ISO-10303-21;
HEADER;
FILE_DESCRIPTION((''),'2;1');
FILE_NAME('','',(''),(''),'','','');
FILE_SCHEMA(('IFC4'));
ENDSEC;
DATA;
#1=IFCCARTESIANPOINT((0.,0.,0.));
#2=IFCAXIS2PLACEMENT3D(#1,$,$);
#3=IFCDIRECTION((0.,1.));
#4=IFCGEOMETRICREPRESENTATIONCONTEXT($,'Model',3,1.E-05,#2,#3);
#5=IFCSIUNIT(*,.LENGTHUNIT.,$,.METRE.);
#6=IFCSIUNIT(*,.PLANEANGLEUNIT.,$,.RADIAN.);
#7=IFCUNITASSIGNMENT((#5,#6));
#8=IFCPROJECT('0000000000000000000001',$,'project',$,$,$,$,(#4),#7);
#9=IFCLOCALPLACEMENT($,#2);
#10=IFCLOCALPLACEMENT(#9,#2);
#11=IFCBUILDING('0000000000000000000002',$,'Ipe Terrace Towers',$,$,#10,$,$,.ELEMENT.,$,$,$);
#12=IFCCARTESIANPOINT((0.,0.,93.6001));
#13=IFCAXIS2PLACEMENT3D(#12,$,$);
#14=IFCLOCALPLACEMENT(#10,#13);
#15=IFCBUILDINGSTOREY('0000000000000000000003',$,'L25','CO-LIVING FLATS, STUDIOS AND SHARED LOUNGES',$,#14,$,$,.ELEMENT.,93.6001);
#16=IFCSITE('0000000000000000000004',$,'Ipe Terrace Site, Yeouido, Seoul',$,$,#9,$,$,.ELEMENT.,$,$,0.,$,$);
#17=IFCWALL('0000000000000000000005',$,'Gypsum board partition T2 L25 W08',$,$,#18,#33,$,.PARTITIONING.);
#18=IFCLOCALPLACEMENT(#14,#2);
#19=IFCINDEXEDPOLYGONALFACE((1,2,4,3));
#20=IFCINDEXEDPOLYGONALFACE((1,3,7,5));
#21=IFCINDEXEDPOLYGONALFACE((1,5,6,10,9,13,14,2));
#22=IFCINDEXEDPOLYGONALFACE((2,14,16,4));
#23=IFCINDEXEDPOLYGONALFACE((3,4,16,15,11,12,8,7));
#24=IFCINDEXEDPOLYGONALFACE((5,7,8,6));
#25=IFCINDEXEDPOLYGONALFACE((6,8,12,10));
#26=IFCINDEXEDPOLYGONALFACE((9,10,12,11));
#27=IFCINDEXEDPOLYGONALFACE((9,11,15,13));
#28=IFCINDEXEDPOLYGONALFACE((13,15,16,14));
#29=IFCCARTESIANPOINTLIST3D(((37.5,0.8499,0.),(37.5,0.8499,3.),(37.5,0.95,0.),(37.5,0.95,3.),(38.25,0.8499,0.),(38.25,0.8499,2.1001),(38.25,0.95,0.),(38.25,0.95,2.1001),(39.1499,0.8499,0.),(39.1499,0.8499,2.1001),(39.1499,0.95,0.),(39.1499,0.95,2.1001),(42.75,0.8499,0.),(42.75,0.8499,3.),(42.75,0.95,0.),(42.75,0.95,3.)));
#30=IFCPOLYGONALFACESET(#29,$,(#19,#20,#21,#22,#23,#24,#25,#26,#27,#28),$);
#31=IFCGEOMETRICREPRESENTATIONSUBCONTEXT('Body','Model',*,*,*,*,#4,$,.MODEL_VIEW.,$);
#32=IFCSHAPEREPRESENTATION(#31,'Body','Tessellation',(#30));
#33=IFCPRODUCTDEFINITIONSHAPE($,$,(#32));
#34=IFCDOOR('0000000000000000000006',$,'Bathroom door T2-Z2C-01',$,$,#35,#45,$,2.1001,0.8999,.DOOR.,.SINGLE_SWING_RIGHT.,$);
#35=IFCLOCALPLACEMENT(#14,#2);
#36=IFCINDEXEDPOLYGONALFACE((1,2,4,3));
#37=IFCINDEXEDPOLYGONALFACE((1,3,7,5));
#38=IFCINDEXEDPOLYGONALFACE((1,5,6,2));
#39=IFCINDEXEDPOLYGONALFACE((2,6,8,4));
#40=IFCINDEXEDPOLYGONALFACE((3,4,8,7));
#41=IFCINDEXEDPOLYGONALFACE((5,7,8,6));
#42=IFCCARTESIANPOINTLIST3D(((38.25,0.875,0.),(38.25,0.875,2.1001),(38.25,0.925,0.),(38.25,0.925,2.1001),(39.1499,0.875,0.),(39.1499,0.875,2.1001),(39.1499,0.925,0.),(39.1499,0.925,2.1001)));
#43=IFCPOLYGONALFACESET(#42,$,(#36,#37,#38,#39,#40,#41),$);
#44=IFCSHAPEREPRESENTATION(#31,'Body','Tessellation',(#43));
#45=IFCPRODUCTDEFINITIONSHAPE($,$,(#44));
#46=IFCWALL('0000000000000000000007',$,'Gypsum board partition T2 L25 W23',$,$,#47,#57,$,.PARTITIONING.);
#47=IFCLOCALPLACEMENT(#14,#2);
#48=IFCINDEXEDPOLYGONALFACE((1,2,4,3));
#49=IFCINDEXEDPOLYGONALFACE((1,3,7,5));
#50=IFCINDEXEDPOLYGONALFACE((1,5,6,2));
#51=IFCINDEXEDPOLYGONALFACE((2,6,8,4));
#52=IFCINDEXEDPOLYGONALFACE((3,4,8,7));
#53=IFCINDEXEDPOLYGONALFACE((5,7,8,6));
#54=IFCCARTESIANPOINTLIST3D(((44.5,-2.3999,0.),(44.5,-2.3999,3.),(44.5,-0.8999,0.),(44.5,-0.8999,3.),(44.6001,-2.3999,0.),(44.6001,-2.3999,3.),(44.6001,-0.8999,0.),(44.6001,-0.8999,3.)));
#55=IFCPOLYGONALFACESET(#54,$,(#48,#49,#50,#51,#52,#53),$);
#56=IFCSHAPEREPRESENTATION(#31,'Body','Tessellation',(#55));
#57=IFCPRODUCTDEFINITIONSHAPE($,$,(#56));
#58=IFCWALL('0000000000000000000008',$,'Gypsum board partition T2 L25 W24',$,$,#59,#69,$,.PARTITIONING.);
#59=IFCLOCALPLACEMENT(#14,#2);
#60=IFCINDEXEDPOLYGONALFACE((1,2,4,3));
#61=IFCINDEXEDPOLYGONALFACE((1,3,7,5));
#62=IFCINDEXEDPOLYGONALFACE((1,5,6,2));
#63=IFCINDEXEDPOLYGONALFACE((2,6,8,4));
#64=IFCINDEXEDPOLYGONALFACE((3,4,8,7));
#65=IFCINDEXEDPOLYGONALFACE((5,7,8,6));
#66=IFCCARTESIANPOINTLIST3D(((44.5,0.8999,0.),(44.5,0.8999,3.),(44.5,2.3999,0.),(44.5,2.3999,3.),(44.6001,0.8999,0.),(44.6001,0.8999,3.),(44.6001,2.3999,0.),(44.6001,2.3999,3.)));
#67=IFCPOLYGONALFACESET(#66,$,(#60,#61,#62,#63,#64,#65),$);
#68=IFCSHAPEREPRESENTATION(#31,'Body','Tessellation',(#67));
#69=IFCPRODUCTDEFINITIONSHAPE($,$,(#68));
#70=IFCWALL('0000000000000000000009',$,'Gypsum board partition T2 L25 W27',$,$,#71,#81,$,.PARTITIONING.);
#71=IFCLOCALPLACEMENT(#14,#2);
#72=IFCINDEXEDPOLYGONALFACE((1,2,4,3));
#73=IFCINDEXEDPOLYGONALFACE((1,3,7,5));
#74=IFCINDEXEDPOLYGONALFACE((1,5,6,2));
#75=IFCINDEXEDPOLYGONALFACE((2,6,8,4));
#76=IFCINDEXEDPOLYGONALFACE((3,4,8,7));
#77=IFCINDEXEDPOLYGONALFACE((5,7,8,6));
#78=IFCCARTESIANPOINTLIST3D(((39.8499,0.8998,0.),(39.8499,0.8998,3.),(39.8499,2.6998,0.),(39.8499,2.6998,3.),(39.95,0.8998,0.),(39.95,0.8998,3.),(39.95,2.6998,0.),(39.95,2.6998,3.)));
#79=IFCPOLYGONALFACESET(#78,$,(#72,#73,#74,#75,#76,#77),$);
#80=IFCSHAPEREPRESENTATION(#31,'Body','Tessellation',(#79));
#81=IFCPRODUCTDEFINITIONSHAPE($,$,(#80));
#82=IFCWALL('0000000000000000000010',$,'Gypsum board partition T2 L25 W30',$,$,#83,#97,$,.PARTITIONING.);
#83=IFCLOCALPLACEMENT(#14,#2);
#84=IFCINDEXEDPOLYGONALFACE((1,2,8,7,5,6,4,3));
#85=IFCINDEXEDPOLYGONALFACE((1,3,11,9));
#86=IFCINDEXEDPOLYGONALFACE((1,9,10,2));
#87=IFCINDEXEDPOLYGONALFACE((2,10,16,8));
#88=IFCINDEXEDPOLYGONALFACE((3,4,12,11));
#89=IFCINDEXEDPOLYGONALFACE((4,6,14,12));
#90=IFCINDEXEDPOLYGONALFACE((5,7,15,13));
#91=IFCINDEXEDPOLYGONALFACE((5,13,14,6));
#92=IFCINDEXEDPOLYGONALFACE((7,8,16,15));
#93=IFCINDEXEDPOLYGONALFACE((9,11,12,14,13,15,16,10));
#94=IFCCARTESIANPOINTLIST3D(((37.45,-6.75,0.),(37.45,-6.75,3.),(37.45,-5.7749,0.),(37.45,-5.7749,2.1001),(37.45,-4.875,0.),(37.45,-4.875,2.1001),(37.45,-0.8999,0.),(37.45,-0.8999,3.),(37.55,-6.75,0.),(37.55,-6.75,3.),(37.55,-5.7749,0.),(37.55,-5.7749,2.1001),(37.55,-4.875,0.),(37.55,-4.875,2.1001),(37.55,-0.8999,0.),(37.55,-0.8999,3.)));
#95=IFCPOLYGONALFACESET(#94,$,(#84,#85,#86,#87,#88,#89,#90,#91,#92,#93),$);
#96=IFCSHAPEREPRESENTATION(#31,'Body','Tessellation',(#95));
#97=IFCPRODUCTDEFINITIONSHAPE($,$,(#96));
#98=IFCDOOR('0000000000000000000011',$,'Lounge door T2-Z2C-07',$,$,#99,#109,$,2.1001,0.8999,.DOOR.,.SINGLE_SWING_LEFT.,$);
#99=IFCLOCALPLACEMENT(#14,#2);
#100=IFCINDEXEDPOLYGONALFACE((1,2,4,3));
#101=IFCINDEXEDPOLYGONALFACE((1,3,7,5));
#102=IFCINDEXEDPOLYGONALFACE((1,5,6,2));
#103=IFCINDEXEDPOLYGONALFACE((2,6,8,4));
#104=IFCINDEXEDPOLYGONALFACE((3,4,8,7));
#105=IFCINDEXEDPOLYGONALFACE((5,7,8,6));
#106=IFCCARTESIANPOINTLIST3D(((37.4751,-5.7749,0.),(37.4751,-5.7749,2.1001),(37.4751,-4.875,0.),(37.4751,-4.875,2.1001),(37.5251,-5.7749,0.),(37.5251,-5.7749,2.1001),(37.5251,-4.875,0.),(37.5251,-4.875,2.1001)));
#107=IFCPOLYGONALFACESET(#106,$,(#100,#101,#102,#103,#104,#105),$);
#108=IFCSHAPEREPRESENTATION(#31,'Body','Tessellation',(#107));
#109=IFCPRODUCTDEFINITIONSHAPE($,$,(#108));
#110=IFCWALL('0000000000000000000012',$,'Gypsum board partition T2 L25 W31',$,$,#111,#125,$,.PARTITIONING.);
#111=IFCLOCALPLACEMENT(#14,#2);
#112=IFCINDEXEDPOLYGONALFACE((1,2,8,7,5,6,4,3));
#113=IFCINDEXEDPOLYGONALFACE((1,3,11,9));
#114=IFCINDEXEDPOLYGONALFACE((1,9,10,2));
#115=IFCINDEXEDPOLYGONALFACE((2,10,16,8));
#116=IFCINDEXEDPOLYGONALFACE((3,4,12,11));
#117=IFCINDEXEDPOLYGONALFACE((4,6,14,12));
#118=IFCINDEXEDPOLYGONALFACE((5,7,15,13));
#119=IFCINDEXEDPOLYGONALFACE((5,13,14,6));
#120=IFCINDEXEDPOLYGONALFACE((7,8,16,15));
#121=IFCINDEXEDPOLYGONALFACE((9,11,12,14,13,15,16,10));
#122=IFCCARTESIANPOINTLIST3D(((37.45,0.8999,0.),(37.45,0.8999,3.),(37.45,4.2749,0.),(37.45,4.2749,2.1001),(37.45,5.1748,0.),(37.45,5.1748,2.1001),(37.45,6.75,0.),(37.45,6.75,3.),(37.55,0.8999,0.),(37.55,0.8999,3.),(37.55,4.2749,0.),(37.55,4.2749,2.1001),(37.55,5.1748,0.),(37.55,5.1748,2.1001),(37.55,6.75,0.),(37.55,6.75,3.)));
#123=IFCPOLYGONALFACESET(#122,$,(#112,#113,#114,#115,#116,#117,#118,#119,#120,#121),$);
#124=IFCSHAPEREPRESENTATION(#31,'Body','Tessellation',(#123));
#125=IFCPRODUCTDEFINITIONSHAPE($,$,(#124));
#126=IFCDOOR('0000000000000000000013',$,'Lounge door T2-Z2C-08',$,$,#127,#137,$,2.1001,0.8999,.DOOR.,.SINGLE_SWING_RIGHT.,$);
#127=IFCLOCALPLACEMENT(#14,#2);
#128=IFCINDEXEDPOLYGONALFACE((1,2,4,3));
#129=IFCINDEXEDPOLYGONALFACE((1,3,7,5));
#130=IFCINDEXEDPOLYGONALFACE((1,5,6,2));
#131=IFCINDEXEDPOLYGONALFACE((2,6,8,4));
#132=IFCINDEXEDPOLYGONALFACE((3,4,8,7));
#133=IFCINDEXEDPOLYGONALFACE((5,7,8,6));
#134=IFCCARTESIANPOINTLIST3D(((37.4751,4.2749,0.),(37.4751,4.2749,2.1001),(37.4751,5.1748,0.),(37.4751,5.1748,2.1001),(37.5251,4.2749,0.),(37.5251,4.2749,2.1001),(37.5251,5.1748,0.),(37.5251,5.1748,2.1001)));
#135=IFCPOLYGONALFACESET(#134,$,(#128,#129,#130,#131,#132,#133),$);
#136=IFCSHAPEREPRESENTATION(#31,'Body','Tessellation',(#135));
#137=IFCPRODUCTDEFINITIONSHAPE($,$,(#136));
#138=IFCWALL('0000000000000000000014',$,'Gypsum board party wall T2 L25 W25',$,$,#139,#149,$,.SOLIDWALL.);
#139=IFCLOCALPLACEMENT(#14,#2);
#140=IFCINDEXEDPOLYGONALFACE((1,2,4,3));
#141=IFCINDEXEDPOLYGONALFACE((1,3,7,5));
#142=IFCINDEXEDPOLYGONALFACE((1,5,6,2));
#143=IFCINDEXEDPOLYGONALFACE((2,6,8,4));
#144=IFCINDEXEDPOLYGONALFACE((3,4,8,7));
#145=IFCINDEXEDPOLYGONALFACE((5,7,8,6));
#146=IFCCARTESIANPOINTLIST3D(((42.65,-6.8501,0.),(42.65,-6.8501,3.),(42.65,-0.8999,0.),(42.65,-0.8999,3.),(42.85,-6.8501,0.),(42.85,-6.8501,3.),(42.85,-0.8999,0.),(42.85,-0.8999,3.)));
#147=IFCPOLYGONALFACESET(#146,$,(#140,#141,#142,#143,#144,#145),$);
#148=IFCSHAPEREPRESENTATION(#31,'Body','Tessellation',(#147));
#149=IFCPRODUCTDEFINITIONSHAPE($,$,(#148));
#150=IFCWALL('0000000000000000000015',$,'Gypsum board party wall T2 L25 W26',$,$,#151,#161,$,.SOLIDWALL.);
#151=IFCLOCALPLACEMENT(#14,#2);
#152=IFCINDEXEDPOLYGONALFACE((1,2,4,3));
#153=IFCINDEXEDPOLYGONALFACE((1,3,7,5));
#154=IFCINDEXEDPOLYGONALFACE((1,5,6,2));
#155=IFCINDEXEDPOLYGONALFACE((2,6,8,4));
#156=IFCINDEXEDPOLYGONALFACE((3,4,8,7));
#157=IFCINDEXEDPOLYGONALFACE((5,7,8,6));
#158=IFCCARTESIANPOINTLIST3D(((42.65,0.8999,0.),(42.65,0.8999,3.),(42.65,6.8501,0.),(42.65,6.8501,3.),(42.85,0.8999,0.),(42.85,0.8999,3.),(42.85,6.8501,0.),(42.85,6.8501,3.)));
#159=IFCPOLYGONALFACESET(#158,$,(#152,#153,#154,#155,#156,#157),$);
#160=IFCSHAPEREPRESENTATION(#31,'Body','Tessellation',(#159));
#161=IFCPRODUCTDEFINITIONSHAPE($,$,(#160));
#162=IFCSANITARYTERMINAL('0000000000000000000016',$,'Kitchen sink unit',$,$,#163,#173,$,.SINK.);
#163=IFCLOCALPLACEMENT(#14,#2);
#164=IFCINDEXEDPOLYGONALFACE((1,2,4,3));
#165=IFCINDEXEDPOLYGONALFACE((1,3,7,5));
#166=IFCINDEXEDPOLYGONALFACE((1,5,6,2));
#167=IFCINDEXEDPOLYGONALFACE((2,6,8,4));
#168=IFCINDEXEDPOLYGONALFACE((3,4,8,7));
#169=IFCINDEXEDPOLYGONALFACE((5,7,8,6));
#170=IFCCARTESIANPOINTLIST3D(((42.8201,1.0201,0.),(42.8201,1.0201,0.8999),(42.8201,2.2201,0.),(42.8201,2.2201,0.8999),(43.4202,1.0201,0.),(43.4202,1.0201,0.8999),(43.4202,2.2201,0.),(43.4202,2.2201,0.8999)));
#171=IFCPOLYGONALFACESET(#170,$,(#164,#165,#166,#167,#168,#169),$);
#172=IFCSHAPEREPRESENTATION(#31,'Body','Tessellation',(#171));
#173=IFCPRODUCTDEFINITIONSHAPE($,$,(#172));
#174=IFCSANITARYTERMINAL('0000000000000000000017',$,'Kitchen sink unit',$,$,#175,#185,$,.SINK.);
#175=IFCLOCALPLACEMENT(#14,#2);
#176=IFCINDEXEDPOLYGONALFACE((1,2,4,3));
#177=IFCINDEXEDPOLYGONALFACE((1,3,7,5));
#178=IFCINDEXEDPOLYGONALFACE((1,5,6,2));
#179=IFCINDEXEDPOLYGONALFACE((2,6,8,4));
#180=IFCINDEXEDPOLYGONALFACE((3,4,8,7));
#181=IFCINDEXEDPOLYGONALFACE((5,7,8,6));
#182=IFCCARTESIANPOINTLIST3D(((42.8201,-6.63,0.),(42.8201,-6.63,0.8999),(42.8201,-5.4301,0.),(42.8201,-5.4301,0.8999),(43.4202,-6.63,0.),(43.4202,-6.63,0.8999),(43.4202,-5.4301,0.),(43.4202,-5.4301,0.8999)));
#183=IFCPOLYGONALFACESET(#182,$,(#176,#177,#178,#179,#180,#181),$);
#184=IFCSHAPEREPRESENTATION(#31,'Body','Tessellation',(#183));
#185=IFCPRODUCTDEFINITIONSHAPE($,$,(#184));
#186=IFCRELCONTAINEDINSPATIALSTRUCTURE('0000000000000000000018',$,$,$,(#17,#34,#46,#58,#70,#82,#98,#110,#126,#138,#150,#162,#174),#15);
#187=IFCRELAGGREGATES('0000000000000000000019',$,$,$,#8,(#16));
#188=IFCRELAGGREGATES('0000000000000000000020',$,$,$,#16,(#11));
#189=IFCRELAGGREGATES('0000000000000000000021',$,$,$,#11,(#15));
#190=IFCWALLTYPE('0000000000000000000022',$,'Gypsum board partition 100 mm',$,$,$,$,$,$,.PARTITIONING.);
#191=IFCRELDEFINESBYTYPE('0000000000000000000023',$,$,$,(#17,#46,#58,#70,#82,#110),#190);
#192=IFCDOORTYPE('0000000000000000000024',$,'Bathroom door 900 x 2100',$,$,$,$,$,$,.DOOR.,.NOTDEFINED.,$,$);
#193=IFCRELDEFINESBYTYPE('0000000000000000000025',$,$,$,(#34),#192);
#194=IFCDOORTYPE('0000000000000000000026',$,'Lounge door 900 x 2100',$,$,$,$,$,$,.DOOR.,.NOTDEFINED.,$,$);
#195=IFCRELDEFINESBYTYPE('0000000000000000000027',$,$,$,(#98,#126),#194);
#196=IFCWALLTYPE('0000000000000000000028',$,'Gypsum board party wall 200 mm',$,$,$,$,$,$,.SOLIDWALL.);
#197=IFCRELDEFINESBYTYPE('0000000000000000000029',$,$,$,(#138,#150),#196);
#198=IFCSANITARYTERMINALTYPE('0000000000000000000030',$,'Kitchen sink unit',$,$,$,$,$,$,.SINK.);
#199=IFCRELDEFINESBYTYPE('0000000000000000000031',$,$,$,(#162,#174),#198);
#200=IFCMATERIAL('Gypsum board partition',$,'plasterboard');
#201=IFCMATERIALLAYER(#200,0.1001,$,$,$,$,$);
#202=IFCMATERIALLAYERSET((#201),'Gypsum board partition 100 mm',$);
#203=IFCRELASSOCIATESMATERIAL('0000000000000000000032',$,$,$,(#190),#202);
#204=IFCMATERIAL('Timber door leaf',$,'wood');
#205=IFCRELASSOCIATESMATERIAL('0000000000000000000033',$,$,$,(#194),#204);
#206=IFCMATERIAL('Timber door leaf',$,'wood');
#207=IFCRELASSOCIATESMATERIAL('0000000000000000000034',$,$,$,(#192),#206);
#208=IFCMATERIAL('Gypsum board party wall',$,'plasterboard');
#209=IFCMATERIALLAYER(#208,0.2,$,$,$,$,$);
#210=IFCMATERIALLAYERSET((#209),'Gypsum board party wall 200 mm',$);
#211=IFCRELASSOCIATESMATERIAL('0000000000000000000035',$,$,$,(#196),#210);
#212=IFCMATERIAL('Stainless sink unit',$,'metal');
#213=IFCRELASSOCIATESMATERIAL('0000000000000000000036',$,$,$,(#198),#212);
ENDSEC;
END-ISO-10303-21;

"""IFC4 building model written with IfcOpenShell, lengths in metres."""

from ifc_helpers import new_model, si_unit, direction, frame, frame_2d, origin, origin_2d, place, context, subcontext, project, spatial, rectangle, extrude, material, layer, layer_set, type_object, element, fill, save


model = new_model("IFC4")

# Units and contexts
model_context = context("Model", 3, precision=1e-05, world=origin(), true_north=direction((0.0, 1.0)))
body_context = subcontext(model_context, "Body", "Model", "MODEL_VIEW")
ifc_project = project(units=[si_unit("LENGTHUNIT", "METRE"), si_unit("PLANEANGLEUNIT", "RADIAN")], contexts=[model_context])

# Site, building, storey
site_placement = place(None, origin())
site = spatial("IfcSite", under=ifc_project, at=site_placement, Name="Ipe Terrace Site, Yeouido, Seoul", CompositionType="ELEMENT", RefElevation=0.0)
building_placement = place(site_placement, origin())
building = spatial("IfcBuilding", under=site, at=building_placement, Name="Ipe Terrace Towers", CompositionType="ELEMENT")
storey_placement = place(building_placement, frame((0.0, 0.0, 93.6001)))
storey = spatial("IfcBuildingStorey", under=building, at=storey_placement, Name="L25", Description="CO-LIVING FLATS, STUDIOS AND SHARED LOUNGES", CompositionType="ELEMENT", Elevation=93.6001)

# Shared definitions
ifc_material_1 = material(Name="Gypsum board partition", Category="plasterboard")
ifc_layer_1 = layer(ifc_material_1, 0.1001)
ifc_layer_set_1 = layer_set([ifc_layer_1], Name="Gypsum board partition 100 mm")
wall_type_1 = type_object("IfcWallType", Name="Gypsum board partition 100 mm", PredefinedType="PARTITIONING", material=ifc_layer_set_1)

# Wall, opening, door
ifc_material_2 = material(Name="Timber door leaf", Category="wood")
door_type_1 = type_object("IfcDoorType", Name="Lounge door 900 x 2100", OperationType="NOTDEFINED", PredefinedType="DOOR", material=ifc_material_2)
wall_1_placement = place(storey_placement, frame((42.75, 0.8999, 0.0), z_axis=(0.0, 0.0, 1.0), x_axis=(-1.0, 0.0, 0.0)))
wall_1 = element("IfcWall", 1, at=wall_1_placement, inside=storey, type_object=wall_type_1, Name="Gypsum board partition T2 L25 W08", PredefinedType="PARTITIONING", context=body_context, shape_type="SweptSolid", body=[
    extrude(rectangle(XDim=5.25, YDim=0.1001, at=frame_2d((2.625, 0.0))), origin(), (0.0, 0.0, 1.0), 3.0),
])
opening_1_placement = place(wall_1_placement, frame((3.6001, 0.0, 0.0)))
opening_1 = element("IfcOpeningElement", 2, at=opening_1_placement, cuts=wall_1, PredefinedType="OPENING", context=body_context, shape_type="SweptSolid", body=[
    extrude(rectangle(XDim=0.8999, YDim=2.1001, at=frame_2d((0.45, 1.05))), frame((0.0, 0.0601, 0.0), z_axis=(0.0, -1.0, 0.0), x_axis=(1.0, 0.0, 0.0)), (0.0, 0.0, 1.0), 0.1201),
])
ifc_material_3 = material(Name="Timber door leaf", Category="wood")
door_type_2 = type_object("IfcDoorType", Name="Bathroom door 900 x 2100", OperationType="NOTDEFINED", PredefinedType="DOOR", material=ifc_material_3)
door_1_placement = place(opening_1_placement, origin())
door_1 = element("IfcDoor", 3, at=door_1_placement, inside=storey, type_object=door_type_2, Name="Bathroom door T2-Z2C-01", OperationType="SINGLE_SWING_RIGHT", OverallHeight=2.1001, OverallWidth=0.8999, PredefinedType="DOOR", context=body_context, shape_type="SweptSolid", body=[
    extrude(rectangle(XDim=0.8999, YDim=2.1001, at=frame_2d((0.45, 1.05))), frame((0.0, 0.0249, 0.0), z_axis=(0.0, -1.0, 0.0), x_axis=(1.0, 0.0, 0.0)), (0.0, 0.0, 1.0), 0.05),
])
fill(opening_1, door_1)

# Walls
for number, where, z_axis, x_axis, name in (
    (4, (44.55, -2.3999, 0.0), (0.0, 0.0, 1.0), (0.0, 1.0, 0.0), "Gypsum board partition T2 L25 W23"),
    (5, (44.55, 0.8999, 0.0), (0.0, 0.0, 1.0), (0.0, 1.0, 0.0), "Gypsum board partition T2 L25 W24"),
):
    element("IfcWall", number, at=place(storey_placement, frame(where, z_axis=z_axis, x_axis=x_axis)), inside=storey, type_object=wall_type_1, Name=name, PredefinedType="PARTITIONING", context=body_context, shape_type="SweptSolid", body=[
        extrude(rectangle(XDim=1.5, YDim=0.1001, at=frame_2d((0.75, 0.0))), origin(), (0.0, 0.0, 1.0), 3.0),
    ])
wall_2_placement = place(storey_placement, frame((39.8999, 0.8999, 0.0), z_axis=(0.0, 0.0, 1.0), x_axis=(0.0, 1.0, 0.0)))
element("IfcWall", 6, at=wall_2_placement, inside=storey, type_object=wall_type_1, Name="Gypsum board partition T2 L25 W27", PredefinedType="PARTITIONING", context=body_context, shape_type="SweptSolid", body=[
    extrude(rectangle(XDim=1.8, YDim=0.1001, at=frame_2d((0.8999, 0.0))), origin(), (0.0, 0.0, 1.0), 3.0),
])

# Walls, openings, doors
wall_3_placement = place(storey_placement, frame((37.5, -6.75, 0.0), z_axis=(0.0, 0.0, 1.0), x_axis=(0.0, 1.0, 0.0)))
wall_3 = element("IfcWall", 7, at=wall_3_placement, inside=storey, type_object=wall_type_1, Name="Gypsum board partition T2 L25 W30", PredefinedType="PARTITIONING", context=body_context, shape_type="SweptSolid", body=[
    extrude(rectangle(XDim=5.8501, YDim=0.1001, at=frame_2d((2.925, 0.0))), origin(), (0.0, 0.0, 1.0), 3.0),
])
opening_2_placement = place(wall_3_placement, frame((0.9751, 0.0, 0.0)))
opening_2 = element("IfcOpeningElement", 8, at=opening_2_placement, cuts=wall_3, PredefinedType="OPENING", context=body_context, shape_type="SweptSolid", body=[
    extrude(rectangle(XDim=0.8999, YDim=2.1001, at=frame_2d((0.45, 1.05))), frame((0.0, 0.0601, 0.0), z_axis=(0.0, -1.0, 0.0), x_axis=(1.0, 0.0, 0.0)), (0.0, 0.0, 1.0), 0.1201),
])
door_2_placement = place(opening_2_placement, origin())
door_2 = element("IfcDoor", 9, at=door_2_placement, inside=storey, type_object=door_type_1, Name="Lounge door T2-Z2C-07", OperationType="SINGLE_SWING_LEFT", OverallHeight=2.1001, OverallWidth=0.8999, PredefinedType="DOOR", context=body_context, shape_type="SweptSolid", body=[
    extrude(rectangle(XDim=0.8999, YDim=2.1001, at=frame_2d((0.45, 1.05))), frame((0.0, 0.0249, 0.0), z_axis=(0.0, -1.0, 0.0), x_axis=(1.0, 0.0, 0.0)), (0.0, 0.0, 1.0), 0.05),
])
fill(opening_2, door_2)
wall_4_placement = place(storey_placement, frame((37.5, 0.8999, 0.0), z_axis=(0.0, 0.0, 1.0), x_axis=(0.0, 1.0, 0.0)))
wall_4 = element("IfcWall", 10, at=wall_4_placement, inside=storey, type_object=wall_type_1, Name="Gypsum board partition T2 L25 W31", PredefinedType="PARTITIONING", context=body_context, shape_type="SweptSolid", body=[
    extrude(rectangle(XDim=5.8501, YDim=0.1001, at=frame_2d((2.925, 0.0))), origin(), (0.0, 0.0, 1.0), 3.0),
])
opening_3_placement = place(wall_4_placement, frame((3.375, 0.0, 0.0)))
opening_3 = element("IfcOpeningElement", 11, at=opening_3_placement, cuts=wall_4, PredefinedType="OPENING", context=body_context, shape_type="SweptSolid", body=[
    extrude(rectangle(XDim=0.8999, YDim=2.1001, at=frame_2d((0.45, 1.05))), frame((0.0, 0.0601, 0.0), z_axis=(0.0, -1.0, 0.0), x_axis=(1.0, 0.0, 0.0)), (0.0, 0.0, 1.0), 0.1201),
])
door_3_placement = place(opening_3_placement, origin())
door_3 = element("IfcDoor", 12, at=door_3_placement, inside=storey, type_object=door_type_1, Name="Lounge door T2-Z2C-08", OperationType="SINGLE_SWING_RIGHT", OverallHeight=2.1001, OverallWidth=0.8999, PredefinedType="DOOR", context=body_context, shape_type="SweptSolid", body=[
    extrude(rectangle(XDim=0.8999, YDim=2.1001, at=frame_2d((0.45, 1.05))), frame((0.0, 0.0249, 0.0), z_axis=(0.0, -1.0, 0.0), x_axis=(1.0, 0.0, 0.0)), (0.0, 0.0, 1.0), 0.05),
])
fill(opening_3, door_3)

# Walls
ifc_material_4 = material(Name="Gypsum board party wall", Category="plasterboard")
ifc_layer_2 = layer(ifc_material_4, 0.2)
ifc_layer_set_2 = layer_set([ifc_layer_2], Name="Gypsum board party wall 200 mm")
wall_type_2 = type_object("IfcWallType", Name="Gypsum board party wall 200 mm", PredefinedType="SOLIDWALL", material=ifc_layer_set_2)
for number, where, z_axis, x_axis, name in (
    (13, (42.75, -6.8501, 0.0), (0.0, 0.0, 1.0), (0.0, 1.0, 0.0), "Gypsum board party wall T2 L25 W25"),
    (14, (42.75, 0.8999, 0.0), (0.0, 0.0, 1.0), (0.0, 1.0, 0.0), "Gypsum board party wall T2 L25 W26"),
):
    element("IfcWall", number, at=place(storey_placement, frame(where, z_axis=z_axis, x_axis=x_axis)), inside=storey, type_object=wall_type_2, Name=name, PredefinedType="SOLIDWALL", context=body_context, shape_type="SweptSolid", body=[
        extrude(rectangle(XDim=5.9502, YDim=0.2, at=frame_2d((2.9751, 0.0))), origin(), (0.0, 0.0, 1.0), 3.0),
    ])

# Sanitary terminals
ifc_material_5 = material(Name="Stainless sink unit", Category="metal")
sanitary_terminal_type_1 = type_object("IfcSanitaryTerminalType", Name="Kitchen sink unit", PredefinedType="SINK", material=ifc_material_5)
for number, where, z_axis, x_axis, name in (
    (15, (43.1201, 1.6201, 0.0), (0.0, 0.0, 1.0), (0.0, 1.0, 0.0), "Kitchen sink unit"),
    (16, (43.1201, -6.03, 0.0), (0.0, 0.0, 1.0), (0.0, 1.0, 0.0), "Kitchen sink unit"),
):
    element("IfcSanitaryTerminal", number, at=place(storey_placement, frame(where, z_axis=z_axis, x_axis=x_axis)), inside=storey, type_object=sanitary_terminal_type_1, Name=name, PredefinedType="SINK", context=body_context, shape_type="SweptSolid", body=[
        extrude(rectangle(XDim=1.2, YDim=0.6001, at=origin_2d()), origin(), (0.0, 0.0, 1.0), 0.8999),
    ])

save(model, "model.ifc")
